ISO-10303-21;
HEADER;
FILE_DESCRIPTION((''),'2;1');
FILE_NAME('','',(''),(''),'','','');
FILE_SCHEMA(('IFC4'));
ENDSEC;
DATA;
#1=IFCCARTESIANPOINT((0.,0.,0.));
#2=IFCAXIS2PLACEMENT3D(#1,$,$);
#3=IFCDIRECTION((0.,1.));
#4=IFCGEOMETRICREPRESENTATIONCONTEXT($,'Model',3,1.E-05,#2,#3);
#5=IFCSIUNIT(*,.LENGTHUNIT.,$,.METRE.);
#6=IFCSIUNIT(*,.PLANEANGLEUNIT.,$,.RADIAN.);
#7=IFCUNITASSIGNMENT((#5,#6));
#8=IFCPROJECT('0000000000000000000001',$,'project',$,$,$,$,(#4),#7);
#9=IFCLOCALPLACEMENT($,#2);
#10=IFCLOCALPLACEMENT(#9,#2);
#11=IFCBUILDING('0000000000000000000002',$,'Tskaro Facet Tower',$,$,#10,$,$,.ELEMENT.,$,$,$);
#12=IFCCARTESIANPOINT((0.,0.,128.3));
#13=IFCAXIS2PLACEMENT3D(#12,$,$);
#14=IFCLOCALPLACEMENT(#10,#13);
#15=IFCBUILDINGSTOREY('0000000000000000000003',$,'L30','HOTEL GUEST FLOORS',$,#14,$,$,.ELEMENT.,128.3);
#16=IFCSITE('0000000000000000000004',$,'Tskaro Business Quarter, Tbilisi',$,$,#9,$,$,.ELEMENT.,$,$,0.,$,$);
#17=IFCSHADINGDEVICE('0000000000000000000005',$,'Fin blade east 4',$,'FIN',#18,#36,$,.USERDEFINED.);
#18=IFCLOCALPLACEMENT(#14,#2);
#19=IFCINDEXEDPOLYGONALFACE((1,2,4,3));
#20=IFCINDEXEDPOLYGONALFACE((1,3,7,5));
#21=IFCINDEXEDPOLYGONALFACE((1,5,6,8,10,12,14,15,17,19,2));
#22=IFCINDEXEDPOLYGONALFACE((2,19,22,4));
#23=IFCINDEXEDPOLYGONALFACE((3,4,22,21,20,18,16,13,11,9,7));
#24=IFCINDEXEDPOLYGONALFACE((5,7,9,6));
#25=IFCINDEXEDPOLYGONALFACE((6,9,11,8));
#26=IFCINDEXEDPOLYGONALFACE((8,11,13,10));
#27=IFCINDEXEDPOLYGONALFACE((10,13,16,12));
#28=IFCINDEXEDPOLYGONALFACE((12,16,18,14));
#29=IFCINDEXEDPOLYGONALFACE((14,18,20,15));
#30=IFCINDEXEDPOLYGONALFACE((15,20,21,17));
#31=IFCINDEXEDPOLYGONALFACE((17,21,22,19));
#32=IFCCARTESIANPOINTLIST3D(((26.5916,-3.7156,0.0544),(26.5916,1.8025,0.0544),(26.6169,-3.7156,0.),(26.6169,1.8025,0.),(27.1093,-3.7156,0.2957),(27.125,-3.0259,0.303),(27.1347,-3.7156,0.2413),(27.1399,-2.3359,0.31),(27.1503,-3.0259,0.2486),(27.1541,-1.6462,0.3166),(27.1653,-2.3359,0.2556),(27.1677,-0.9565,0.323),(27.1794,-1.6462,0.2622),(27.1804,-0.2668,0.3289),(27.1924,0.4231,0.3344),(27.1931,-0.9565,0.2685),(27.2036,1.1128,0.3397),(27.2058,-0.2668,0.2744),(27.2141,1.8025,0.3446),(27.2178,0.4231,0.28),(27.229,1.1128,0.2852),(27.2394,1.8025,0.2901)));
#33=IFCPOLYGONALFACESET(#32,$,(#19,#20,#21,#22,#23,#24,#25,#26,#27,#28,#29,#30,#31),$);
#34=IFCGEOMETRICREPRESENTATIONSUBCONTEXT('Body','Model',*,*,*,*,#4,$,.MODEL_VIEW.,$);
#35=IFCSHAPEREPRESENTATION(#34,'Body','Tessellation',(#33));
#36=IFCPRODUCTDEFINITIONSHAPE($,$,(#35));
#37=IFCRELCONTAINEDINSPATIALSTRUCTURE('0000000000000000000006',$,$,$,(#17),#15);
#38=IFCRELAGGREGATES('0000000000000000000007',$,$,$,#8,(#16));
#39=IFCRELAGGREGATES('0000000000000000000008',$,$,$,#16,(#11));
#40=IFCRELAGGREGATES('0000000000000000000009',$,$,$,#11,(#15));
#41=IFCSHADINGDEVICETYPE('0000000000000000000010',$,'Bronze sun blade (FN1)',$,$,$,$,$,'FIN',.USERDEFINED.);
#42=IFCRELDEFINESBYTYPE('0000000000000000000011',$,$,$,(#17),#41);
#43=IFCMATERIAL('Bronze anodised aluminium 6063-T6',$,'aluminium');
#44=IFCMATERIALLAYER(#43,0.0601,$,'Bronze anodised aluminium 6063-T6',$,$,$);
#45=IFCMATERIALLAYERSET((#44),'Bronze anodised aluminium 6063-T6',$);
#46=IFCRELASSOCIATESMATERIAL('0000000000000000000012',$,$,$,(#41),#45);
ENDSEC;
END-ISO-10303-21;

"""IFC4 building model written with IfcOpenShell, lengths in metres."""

from ifc_helpers import new_model, si_unit, direction, frame, origin, place, context, subcontext, project, spatial, polyline, outline, extrude, material, layer, layer_set, type_object, element, save


model = new_model("IFC4")

# Units and contexts
model_context = context("Model", 3, precision=1e-05, world=origin(), true_north=direction((0.0, 1.0)))
body_context = subcontext(model_context, "Body", "Model", "MODEL_VIEW")
ifc_project = project(units=[si_unit("LENGTHUNIT", "METRE"), si_unit("PLANEANGLEUNIT", "RADIAN")], contexts=[model_context])

# Site, building, storey
site_placement = place(None, origin())
site = spatial("IfcSite", under=ifc_project, at=site_placement, Name="Tskaro Business Quarter, Tbilisi", CompositionType="ELEMENT", RefElevation=0.0)
building_placement = place(site_placement, origin())
building = spatial("IfcBuilding", under=site, at=building_placement, Name="Tskaro Facet Tower", CompositionType="ELEMENT")
storey_placement = place(building_placement, frame((0.0, 0.0, 128.3)))
storey = spatial("IfcBuildingStorey", under=building, at=storey_placement, Name="L30", Description="HOTEL GUEST FLOORS", CompositionType="ELEMENT", Elevation=128.3)

# Shared definitions
ifc_material_1 = material(Name="Bronze anodised aluminium 6063-T6", Category="aluminium")

# Shading device
ifc_layer_1 = layer(ifc_material_1, 0.0601, Name="Bronze anodised aluminium 6063-T6")
ifc_layer_set_1 = layer_set([ifc_layer_1], Name="Bronze anodised aluminium 6063-T6")
shading_device_type = type_object("IfcShadingDeviceType", Name="Bronze sun blade (FN1)", ElementType="FIN", PredefinedType="USERDEFINED", material=ifc_layer_set_1)
shading_device_placement = place(storey_placement, frame((26.5916, -3.7156, 0.0544), z_axis=(-0.422401, 0.0, 0.906409), x_axis=(0.0, 1.0, 0.0)))
element("IfcShadingDevice", 1, at=shading_device_placement, inside=storey, type_object=shading_device_type, Name="Fin blade east 4", ObjectType="FIN", PredefinedType="USERDEFINED", context=body_context, shape_type="SweptSolid", body=[
    extrude(outline(polyline([(0.0, 0.0), (5.5181, 0.0), (5.5181, -0.6868), (4.8284, -0.6752), (4.1387, -0.6629), (3.4487, -0.6497), (2.759, -0.6357), (2.0693, -0.6206), (1.3796, -0.605), (0.6897, -0.5885), (0.0, -0.5712), (0.0, 0.0)])), origin(), (0.0, 0.0, -1.0), 0.0601),
])

save(model, "model.ifc")
